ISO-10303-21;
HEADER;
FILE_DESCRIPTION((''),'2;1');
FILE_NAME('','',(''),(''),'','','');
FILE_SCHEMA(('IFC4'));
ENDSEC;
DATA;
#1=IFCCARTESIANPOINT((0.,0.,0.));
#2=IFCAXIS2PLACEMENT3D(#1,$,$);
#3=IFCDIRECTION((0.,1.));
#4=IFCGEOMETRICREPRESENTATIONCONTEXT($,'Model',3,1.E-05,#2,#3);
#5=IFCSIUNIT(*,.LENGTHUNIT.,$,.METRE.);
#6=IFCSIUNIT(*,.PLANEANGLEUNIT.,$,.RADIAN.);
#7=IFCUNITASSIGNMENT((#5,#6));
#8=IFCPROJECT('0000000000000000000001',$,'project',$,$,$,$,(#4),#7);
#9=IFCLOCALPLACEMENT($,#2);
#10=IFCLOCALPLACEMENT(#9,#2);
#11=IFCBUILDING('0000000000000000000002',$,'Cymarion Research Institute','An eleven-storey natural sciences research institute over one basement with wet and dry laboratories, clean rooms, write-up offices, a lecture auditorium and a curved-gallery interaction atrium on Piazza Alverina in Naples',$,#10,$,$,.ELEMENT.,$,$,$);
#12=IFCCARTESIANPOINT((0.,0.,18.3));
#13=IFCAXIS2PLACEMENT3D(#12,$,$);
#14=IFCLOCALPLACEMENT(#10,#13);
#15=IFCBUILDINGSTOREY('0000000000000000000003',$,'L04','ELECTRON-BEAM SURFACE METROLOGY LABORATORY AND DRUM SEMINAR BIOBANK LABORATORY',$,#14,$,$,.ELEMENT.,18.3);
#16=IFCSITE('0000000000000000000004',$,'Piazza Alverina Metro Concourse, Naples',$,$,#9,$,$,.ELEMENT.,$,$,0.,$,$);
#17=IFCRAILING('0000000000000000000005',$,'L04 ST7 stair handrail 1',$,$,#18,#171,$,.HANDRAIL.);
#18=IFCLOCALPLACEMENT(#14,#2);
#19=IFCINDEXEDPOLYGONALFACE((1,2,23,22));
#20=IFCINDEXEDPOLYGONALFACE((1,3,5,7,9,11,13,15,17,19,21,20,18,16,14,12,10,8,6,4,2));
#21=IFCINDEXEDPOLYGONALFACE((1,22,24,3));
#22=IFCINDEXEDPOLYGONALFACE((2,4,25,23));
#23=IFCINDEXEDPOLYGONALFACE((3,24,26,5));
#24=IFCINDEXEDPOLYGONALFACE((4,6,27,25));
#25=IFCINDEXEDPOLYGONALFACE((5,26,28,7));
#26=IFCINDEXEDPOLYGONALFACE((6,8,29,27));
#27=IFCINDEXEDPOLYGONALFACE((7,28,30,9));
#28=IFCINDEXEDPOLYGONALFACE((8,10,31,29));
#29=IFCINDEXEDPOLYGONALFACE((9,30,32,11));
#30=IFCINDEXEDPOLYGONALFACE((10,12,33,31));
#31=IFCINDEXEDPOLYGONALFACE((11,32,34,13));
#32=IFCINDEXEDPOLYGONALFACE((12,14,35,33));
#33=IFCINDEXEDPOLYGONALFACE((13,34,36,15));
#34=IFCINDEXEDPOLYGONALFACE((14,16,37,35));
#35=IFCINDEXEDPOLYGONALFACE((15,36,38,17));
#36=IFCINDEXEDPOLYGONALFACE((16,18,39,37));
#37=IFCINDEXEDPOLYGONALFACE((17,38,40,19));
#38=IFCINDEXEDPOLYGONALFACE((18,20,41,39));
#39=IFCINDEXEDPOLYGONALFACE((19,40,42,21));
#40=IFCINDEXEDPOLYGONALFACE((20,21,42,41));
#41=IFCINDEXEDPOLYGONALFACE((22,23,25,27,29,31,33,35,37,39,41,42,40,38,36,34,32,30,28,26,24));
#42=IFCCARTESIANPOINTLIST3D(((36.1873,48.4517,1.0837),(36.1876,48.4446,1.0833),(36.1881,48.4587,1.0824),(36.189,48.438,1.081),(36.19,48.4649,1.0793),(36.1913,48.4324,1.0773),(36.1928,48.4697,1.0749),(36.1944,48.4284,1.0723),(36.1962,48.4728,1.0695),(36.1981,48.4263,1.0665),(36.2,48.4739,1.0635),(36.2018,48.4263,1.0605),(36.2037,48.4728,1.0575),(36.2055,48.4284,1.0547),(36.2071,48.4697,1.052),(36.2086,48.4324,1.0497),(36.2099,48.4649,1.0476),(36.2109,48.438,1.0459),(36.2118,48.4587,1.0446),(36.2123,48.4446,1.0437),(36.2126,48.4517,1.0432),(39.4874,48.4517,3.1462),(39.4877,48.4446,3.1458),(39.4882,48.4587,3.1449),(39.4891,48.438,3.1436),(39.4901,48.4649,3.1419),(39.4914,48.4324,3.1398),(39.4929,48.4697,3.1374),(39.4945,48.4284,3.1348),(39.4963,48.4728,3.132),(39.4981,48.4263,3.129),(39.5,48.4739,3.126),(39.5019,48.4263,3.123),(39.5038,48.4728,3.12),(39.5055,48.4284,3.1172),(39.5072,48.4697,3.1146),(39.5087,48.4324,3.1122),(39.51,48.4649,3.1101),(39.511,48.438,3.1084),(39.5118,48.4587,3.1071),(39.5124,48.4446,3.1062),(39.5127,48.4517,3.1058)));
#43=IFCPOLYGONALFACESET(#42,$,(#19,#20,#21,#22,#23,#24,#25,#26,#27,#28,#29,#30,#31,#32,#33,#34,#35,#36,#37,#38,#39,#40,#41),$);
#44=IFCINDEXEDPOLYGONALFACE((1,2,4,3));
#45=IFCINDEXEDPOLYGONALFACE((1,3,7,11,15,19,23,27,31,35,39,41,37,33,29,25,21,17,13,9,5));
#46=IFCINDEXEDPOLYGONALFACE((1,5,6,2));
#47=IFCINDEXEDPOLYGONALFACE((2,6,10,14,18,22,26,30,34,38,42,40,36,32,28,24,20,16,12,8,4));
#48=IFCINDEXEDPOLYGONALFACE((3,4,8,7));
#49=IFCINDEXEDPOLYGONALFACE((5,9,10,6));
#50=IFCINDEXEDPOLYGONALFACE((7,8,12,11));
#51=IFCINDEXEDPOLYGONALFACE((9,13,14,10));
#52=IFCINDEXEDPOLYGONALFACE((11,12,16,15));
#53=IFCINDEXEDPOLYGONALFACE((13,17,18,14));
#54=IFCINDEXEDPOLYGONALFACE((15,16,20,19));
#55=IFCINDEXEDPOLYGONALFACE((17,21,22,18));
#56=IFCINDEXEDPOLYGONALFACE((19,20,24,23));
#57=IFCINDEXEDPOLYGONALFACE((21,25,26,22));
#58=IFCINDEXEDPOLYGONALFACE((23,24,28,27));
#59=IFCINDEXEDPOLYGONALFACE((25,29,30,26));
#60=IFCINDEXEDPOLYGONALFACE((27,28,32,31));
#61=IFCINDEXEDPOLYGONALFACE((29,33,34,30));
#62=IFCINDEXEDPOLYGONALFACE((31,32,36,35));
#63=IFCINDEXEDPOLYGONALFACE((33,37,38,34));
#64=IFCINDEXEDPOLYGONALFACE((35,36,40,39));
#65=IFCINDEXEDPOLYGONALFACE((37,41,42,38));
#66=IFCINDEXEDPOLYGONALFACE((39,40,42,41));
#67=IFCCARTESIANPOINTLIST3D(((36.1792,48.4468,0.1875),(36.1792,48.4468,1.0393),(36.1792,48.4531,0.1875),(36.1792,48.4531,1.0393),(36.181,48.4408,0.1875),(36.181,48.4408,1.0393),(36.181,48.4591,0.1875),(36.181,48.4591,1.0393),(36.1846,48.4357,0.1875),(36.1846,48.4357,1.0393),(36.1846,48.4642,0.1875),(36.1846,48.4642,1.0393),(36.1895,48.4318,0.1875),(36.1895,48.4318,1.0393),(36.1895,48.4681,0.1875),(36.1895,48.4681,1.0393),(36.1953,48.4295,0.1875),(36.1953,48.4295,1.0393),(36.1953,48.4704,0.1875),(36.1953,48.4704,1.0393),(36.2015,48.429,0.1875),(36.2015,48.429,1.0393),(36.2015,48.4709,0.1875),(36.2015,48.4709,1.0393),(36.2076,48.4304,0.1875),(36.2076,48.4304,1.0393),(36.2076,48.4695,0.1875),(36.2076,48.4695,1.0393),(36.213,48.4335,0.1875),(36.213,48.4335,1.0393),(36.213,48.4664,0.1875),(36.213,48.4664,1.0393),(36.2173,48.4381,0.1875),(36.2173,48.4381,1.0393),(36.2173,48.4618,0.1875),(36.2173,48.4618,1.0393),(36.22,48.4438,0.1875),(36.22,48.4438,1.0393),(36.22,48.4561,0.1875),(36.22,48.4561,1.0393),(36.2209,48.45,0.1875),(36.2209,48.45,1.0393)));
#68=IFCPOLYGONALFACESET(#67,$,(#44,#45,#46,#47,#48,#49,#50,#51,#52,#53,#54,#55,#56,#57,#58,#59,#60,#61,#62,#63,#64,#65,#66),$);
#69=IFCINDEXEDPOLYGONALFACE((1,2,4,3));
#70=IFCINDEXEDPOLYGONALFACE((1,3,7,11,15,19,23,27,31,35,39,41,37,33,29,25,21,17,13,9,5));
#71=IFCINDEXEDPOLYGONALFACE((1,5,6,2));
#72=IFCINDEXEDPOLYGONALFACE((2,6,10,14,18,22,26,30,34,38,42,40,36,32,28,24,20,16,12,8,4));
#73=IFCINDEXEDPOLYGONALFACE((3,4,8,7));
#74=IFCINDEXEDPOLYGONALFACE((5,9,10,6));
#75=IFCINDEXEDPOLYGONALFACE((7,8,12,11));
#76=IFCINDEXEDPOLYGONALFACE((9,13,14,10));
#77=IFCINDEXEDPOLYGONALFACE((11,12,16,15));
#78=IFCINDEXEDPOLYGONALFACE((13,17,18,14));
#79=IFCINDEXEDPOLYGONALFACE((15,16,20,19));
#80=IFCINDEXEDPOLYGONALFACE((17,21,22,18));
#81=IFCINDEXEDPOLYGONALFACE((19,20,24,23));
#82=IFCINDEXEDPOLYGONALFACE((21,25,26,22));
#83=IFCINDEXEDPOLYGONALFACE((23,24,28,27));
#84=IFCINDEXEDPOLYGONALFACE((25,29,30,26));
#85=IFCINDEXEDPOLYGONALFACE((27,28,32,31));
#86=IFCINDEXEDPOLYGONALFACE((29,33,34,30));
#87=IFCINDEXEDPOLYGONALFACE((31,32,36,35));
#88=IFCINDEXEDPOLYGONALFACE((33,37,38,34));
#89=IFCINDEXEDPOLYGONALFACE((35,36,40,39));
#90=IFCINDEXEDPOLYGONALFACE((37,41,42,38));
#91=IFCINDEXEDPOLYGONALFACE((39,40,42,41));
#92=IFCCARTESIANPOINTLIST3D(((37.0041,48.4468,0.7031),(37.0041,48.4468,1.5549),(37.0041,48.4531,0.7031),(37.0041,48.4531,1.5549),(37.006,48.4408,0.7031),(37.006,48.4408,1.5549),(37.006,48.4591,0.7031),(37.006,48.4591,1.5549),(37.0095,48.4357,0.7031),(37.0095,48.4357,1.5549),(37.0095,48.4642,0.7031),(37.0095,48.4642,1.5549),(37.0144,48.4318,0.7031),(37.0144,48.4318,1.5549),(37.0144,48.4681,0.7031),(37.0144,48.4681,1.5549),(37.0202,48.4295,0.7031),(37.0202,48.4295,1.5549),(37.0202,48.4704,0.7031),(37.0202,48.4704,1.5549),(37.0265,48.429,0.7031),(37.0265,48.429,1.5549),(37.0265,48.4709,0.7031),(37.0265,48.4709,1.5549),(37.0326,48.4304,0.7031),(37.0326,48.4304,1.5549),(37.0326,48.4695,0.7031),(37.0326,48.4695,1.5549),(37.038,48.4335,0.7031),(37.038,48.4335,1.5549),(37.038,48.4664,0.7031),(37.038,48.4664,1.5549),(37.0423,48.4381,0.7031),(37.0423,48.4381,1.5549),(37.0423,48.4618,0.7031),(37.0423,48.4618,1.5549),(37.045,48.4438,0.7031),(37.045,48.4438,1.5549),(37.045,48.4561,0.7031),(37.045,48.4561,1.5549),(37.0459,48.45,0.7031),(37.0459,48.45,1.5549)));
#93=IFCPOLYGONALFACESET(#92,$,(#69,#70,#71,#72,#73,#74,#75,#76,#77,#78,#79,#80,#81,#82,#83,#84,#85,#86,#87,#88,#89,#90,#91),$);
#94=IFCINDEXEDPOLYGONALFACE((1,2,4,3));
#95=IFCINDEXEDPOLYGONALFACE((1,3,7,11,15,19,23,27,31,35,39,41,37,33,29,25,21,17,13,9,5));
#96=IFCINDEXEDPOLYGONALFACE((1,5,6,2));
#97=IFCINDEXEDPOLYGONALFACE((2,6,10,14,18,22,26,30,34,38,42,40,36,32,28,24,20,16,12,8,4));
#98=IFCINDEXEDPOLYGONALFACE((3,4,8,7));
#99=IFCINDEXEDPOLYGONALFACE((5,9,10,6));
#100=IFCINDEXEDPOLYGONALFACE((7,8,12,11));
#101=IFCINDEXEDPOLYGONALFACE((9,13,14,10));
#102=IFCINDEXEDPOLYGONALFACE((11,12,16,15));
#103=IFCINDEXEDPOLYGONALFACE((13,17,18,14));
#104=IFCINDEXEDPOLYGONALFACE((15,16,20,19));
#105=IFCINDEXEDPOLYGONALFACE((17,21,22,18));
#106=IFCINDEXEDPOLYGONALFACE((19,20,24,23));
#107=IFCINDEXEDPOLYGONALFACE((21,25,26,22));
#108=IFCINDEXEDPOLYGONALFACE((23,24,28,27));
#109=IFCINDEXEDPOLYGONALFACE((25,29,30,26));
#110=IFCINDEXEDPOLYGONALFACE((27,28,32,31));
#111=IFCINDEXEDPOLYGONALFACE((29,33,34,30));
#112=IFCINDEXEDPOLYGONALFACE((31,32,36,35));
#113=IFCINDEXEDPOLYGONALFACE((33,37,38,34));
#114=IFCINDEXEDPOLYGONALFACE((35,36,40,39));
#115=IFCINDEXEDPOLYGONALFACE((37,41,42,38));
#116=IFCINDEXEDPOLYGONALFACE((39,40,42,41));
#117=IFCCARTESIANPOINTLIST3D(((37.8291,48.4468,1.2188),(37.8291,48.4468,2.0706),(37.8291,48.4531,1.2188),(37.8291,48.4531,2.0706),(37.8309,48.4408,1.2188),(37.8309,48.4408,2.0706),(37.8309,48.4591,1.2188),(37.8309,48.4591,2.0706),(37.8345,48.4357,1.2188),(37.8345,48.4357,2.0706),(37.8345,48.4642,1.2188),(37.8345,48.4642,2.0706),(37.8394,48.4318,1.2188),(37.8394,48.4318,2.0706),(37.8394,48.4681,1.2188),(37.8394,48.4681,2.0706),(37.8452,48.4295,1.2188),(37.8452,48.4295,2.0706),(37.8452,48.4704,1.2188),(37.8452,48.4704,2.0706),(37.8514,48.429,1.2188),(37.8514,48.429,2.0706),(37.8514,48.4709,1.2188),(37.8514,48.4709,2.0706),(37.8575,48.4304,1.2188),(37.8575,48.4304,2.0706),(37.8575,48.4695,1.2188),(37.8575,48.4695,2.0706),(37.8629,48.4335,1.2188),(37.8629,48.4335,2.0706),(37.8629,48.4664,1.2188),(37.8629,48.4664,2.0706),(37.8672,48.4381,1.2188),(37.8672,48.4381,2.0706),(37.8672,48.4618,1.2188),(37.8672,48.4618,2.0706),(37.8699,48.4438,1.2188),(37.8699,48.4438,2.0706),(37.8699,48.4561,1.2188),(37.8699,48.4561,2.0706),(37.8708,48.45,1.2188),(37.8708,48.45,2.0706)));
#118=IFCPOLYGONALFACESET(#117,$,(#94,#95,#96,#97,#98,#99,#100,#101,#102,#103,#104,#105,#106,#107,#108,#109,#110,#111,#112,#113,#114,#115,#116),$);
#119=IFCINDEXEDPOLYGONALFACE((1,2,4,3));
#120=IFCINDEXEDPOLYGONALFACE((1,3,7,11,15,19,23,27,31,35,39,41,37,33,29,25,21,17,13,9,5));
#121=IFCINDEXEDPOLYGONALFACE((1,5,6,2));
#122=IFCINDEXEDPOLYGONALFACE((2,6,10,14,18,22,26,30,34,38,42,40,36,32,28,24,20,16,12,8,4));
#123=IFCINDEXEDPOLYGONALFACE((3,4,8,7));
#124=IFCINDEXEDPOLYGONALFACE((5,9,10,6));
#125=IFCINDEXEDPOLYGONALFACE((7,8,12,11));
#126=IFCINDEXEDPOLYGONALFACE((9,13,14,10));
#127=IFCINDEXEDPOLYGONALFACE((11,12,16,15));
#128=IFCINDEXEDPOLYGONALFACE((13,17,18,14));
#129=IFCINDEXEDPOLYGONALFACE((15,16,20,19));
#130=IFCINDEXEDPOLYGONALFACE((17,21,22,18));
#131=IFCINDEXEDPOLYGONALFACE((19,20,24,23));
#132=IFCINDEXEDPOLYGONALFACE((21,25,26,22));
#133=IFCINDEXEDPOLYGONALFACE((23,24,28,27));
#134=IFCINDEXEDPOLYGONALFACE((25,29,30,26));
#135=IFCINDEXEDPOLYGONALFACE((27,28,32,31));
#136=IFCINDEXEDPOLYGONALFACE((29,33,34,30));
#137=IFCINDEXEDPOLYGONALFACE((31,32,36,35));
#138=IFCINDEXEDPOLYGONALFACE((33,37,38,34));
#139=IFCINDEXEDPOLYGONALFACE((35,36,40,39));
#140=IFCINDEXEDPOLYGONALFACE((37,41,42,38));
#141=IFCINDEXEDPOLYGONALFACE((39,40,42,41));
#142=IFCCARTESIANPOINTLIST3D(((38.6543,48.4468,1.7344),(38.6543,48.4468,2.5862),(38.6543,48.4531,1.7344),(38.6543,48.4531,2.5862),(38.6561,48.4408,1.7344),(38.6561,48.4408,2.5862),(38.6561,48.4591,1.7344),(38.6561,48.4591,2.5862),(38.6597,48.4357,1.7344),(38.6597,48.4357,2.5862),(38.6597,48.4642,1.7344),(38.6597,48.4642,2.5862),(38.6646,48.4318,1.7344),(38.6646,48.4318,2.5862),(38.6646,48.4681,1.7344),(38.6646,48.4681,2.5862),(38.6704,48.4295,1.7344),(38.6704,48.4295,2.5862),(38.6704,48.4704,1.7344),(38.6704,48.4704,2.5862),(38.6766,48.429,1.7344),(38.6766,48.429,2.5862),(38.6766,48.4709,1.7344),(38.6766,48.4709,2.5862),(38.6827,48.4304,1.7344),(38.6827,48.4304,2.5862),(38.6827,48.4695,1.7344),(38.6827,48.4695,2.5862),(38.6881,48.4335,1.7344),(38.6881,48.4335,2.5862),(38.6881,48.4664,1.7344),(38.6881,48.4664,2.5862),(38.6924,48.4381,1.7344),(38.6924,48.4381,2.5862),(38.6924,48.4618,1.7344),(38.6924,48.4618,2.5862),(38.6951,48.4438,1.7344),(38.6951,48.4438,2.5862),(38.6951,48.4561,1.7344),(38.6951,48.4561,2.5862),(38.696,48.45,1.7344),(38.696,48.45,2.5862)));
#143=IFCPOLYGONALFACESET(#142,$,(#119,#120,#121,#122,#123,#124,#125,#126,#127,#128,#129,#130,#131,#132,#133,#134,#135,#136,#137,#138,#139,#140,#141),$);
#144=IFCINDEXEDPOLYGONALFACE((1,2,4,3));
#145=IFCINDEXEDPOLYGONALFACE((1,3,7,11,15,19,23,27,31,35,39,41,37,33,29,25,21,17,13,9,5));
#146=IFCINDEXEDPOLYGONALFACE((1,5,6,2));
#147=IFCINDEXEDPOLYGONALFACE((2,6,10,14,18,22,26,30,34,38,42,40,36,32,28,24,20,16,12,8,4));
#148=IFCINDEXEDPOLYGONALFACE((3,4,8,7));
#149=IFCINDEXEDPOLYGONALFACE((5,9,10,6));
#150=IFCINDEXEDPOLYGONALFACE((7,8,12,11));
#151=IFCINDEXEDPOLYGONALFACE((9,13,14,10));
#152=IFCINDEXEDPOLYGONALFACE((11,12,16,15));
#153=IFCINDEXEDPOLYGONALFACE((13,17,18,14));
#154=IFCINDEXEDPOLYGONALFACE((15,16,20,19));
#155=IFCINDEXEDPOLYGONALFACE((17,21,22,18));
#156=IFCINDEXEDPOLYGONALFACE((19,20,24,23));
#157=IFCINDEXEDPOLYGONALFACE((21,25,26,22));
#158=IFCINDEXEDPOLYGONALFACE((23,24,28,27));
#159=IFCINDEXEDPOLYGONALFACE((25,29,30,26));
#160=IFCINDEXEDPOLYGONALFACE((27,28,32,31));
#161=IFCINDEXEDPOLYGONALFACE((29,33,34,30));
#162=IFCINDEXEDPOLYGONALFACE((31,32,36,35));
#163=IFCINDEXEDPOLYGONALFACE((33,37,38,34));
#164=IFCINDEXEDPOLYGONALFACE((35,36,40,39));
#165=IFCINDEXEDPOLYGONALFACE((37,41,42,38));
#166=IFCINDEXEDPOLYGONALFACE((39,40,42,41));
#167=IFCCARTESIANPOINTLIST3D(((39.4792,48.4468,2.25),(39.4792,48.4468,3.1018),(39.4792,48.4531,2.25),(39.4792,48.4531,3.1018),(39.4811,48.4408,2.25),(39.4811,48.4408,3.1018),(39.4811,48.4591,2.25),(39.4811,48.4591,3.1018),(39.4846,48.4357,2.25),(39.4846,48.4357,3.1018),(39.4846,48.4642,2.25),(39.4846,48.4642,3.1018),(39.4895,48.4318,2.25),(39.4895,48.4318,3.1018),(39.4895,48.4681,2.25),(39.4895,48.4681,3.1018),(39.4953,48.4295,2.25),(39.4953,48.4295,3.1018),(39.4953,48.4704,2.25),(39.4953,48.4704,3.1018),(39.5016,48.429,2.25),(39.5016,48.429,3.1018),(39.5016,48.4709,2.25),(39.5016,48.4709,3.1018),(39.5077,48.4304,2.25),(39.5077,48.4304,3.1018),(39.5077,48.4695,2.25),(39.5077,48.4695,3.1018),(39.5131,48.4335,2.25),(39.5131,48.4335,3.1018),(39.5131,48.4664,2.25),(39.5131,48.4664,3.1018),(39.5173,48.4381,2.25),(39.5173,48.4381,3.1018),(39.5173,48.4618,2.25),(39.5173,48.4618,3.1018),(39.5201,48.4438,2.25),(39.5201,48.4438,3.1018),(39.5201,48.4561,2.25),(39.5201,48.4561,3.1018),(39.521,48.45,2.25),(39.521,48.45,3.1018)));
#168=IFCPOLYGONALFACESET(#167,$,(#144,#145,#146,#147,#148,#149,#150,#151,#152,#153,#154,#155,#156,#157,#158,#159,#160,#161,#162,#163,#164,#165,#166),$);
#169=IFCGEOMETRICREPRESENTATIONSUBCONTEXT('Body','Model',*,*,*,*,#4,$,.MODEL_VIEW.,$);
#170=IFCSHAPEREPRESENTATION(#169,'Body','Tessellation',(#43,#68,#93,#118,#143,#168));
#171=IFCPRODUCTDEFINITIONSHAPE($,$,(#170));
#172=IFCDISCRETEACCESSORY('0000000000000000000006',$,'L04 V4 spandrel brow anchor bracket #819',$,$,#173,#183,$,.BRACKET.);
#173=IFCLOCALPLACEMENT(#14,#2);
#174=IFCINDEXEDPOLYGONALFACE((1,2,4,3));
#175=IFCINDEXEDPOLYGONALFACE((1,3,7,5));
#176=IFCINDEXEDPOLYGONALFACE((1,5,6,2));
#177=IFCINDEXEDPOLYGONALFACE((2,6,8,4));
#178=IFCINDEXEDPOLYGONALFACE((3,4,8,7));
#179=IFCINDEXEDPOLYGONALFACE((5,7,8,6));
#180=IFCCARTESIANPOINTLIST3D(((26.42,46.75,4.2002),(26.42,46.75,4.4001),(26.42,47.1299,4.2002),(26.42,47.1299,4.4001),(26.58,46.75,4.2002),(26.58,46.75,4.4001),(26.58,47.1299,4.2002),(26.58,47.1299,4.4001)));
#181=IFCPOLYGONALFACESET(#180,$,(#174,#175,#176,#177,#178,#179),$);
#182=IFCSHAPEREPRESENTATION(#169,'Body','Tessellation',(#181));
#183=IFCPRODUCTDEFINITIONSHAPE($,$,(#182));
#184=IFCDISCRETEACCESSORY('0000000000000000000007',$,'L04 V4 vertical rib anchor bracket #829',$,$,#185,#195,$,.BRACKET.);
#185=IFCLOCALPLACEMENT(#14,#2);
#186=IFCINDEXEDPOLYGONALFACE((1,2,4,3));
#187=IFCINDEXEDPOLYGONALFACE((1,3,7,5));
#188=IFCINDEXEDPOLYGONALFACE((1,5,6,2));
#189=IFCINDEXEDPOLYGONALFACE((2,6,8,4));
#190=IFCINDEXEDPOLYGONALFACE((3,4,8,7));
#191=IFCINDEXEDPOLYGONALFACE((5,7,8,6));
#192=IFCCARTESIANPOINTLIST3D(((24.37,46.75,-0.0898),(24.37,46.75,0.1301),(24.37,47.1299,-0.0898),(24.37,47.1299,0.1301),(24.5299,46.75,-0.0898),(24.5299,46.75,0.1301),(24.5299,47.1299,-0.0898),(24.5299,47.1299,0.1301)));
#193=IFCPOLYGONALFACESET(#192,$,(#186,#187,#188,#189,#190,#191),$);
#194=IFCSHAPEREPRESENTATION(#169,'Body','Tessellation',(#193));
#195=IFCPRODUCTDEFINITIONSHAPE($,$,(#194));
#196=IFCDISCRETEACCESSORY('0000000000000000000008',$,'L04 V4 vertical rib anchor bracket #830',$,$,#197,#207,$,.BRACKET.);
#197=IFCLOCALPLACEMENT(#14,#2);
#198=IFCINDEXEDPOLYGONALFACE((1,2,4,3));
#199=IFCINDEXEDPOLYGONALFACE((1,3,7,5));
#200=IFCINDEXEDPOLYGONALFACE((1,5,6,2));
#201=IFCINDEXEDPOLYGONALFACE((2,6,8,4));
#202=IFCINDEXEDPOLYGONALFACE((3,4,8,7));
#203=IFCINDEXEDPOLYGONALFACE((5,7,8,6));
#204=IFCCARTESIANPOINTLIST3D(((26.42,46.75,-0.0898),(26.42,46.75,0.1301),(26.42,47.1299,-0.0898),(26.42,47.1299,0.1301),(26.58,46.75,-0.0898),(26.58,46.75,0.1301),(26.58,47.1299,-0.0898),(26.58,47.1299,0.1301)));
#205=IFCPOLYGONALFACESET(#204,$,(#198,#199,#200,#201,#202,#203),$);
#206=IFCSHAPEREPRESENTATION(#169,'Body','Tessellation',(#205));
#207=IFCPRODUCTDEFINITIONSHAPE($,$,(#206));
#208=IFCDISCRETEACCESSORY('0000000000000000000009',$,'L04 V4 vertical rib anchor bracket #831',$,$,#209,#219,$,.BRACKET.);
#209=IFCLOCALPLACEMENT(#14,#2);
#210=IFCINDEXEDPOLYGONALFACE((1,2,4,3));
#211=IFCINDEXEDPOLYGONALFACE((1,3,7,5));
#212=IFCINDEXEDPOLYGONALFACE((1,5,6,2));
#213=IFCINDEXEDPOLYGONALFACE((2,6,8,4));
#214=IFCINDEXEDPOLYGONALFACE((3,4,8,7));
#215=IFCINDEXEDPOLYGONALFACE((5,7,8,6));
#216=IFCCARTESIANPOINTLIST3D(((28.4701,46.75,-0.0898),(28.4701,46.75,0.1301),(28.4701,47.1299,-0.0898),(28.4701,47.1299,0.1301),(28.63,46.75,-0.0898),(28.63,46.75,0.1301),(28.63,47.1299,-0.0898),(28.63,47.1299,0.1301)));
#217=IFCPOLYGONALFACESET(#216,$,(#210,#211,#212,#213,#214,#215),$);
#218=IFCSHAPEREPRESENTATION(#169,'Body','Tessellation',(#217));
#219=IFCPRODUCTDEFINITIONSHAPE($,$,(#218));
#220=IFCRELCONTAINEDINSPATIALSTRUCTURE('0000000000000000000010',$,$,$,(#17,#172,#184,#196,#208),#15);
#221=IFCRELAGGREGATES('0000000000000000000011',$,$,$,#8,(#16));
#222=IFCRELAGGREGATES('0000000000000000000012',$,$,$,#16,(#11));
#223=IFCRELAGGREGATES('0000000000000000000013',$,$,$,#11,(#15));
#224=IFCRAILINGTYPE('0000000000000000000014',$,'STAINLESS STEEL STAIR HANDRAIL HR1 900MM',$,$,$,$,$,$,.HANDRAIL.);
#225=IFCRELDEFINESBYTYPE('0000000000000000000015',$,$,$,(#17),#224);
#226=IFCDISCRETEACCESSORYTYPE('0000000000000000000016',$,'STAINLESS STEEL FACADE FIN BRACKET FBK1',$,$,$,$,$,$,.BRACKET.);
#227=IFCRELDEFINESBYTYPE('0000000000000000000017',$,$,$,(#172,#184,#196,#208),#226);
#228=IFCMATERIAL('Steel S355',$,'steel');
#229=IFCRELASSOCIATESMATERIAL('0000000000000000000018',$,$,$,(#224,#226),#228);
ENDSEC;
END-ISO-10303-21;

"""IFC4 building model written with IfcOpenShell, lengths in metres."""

from ifc_helpers import new_model, si_unit, direction, frame, origin, origin_2d, place, context, subcontext, project, spatial, rectangle, circle, extrude, material, type_object, element, save


model = new_model("IFC4")

# Units and contexts
model_context = context("Model", 3, precision=1e-05, world=origin(), true_north=direction((0.0, 1.0)))
body_context = subcontext(model_context, "Body", "Model", "MODEL_VIEW")
ifc_project = project(units=[si_unit("LENGTHUNIT", "METRE"), si_unit("PLANEANGLEUNIT", "RADIAN")], contexts=[model_context])

# Site, building, storey
site_placement = place(None, origin())
site = spatial("IfcSite", under=ifc_project, at=site_placement, Name="Piazza Alverina Metro Concourse, Naples", CompositionType="ELEMENT", RefElevation=0.0)
building_placement = place(site_placement, origin())
building = spatial("IfcBuilding", under=site, at=building_placement, Name="Cymarion Research Institute", Description="An eleven-storey natural sciences research institute over one basement with wet and dry laboratories, clean rooms, write-up offices, a lecture auditorium and a curved-gallery interaction atrium on Piazza Alverina in Naples", CompositionType="ELEMENT")
storey_placement = place(building_placement, frame((0.0, 0.0, 18.3)))
storey = spatial("IfcBuildingStorey", under=building, at=storey_placement, Name="L04", Description="ELECTRON-BEAM SURFACE METROLOGY LABORATORY AND DRUM SEMINAR BIOBANK LABORATORY", CompositionType="ELEMENT", Elevation=18.3)

# Shared definitions
ifc_material_1 = material(Name="Steel S355", Category="steel")

# Railing
railing_type_1 = type_object("IfcRailingType", Name="STAINLESS STEEL STAIR HANDRAIL HR1 900MM", PredefinedType="HANDRAIL", material=ifc_material_1)
railing_1_placement = place(storey_placement, frame((36.2, 48.45, 0.1875)))
element("IfcRailing", 1, at=railing_1_placement, inside=storey, type_object=railing_type_1, Name="L04 ST7 stair handrail 1", PredefinedType="HANDRAIL", context=body_context, shape_type="SweptSolid", body=[
    extrude(circle(Radius=0.0239, at=origin_2d()), frame((0.0, 0.0, 0.876), z_axis=(0.848002, 0.0, 0.529993), x_axis=(0.0, 1.0, 0.0)), (0.0, 0.0, 1.0), 3.8916),
    extrude(circle(Radius=0.021, at=origin_2d()), origin(), (0.0, 0.0, 1.0), 0.8518),
    extrude(circle(Radius=0.021, at=origin_2d()), frame((0.825, 0.0, 0.5156)), (0.0, 0.0, 1.0), 0.8518),
    extrude(circle(Radius=0.021, at=origin_2d()), frame((1.6499, 0.0, 1.0312)), (0.0, 0.0, 1.0), 0.8518),
    extrude(circle(Radius=0.021, at=origin_2d()), frame((2.4751, 0.0, 1.5469)), (0.0, 0.0, 1.0), 0.8518),
    extrude(circle(Radius=0.021, at=origin_2d()), frame((3.3, 0.0, 2.0625)), (0.0, 0.0, 1.0), 0.8518),
])

# Discrete accessories
discrete_accessory_type = type_object("IfcDiscreteAccessoryType", Name="STAINLESS STEEL FACADE FIN BRACKET FBK1", PredefinedType="BRACKET", material=ifc_material_1)
discrete_accessory_1_placement = place(storey_placement, frame((26.5, 46.9399, 4.2002), z_axis=(0.0, 0.0, 1.0), x_axis=(0.0, -1.0, 0.0)))
element("IfcDiscreteAccessory", 2, at=discrete_accessory_1_placement, inside=storey, type_object=discrete_accessory_type, Name="L04 V4 spandrel brow anchor bracket #819", PredefinedType="BRACKET", context=body_context, shape_type="SweptSolid", body=[
    extrude(rectangle(XDim=0.3799, YDim=0.1599, at=origin_2d()), origin(), (0.0, 0.0, 1.0), 0.2),
])
for number, where, z_axis, x_axis, name in (
    (3, (24.45, 46.9399, -0.0898), (0.0, 0.0, 1.0), (0.0, -1.0, 0.0), "L04 V4 vertical rib anchor bracket #829"),
    (4, (26.5, 46.9399, -0.0898), (0.0, 0.0, 1.0), (0.0, -1.0, 0.0), "L04 V4 vertical rib anchor bracket #830"),
    (5, (28.55, 46.9399, -0.0898), (0.0, 0.0, 1.0), (0.0, -1.0, 0.0), "L04 V4 vertical rib anchor bracket #831"),
):
    element("IfcDiscreteAccessory", number, at=place(storey_placement, frame(where, z_axis=z_axis, x_axis=x_axis)), inside=storey, type_object=discrete_accessory_type, Name=name, PredefinedType="BRACKET", context=body_context, shape_type="SweptSolid", body=[
        extrude(rectangle(XDim=0.3799, YDim=0.1599, at=origin_2d()), origin(), (0.0, 0.0, 1.0), 0.22),
    ])

save(model, "model.ifc")
